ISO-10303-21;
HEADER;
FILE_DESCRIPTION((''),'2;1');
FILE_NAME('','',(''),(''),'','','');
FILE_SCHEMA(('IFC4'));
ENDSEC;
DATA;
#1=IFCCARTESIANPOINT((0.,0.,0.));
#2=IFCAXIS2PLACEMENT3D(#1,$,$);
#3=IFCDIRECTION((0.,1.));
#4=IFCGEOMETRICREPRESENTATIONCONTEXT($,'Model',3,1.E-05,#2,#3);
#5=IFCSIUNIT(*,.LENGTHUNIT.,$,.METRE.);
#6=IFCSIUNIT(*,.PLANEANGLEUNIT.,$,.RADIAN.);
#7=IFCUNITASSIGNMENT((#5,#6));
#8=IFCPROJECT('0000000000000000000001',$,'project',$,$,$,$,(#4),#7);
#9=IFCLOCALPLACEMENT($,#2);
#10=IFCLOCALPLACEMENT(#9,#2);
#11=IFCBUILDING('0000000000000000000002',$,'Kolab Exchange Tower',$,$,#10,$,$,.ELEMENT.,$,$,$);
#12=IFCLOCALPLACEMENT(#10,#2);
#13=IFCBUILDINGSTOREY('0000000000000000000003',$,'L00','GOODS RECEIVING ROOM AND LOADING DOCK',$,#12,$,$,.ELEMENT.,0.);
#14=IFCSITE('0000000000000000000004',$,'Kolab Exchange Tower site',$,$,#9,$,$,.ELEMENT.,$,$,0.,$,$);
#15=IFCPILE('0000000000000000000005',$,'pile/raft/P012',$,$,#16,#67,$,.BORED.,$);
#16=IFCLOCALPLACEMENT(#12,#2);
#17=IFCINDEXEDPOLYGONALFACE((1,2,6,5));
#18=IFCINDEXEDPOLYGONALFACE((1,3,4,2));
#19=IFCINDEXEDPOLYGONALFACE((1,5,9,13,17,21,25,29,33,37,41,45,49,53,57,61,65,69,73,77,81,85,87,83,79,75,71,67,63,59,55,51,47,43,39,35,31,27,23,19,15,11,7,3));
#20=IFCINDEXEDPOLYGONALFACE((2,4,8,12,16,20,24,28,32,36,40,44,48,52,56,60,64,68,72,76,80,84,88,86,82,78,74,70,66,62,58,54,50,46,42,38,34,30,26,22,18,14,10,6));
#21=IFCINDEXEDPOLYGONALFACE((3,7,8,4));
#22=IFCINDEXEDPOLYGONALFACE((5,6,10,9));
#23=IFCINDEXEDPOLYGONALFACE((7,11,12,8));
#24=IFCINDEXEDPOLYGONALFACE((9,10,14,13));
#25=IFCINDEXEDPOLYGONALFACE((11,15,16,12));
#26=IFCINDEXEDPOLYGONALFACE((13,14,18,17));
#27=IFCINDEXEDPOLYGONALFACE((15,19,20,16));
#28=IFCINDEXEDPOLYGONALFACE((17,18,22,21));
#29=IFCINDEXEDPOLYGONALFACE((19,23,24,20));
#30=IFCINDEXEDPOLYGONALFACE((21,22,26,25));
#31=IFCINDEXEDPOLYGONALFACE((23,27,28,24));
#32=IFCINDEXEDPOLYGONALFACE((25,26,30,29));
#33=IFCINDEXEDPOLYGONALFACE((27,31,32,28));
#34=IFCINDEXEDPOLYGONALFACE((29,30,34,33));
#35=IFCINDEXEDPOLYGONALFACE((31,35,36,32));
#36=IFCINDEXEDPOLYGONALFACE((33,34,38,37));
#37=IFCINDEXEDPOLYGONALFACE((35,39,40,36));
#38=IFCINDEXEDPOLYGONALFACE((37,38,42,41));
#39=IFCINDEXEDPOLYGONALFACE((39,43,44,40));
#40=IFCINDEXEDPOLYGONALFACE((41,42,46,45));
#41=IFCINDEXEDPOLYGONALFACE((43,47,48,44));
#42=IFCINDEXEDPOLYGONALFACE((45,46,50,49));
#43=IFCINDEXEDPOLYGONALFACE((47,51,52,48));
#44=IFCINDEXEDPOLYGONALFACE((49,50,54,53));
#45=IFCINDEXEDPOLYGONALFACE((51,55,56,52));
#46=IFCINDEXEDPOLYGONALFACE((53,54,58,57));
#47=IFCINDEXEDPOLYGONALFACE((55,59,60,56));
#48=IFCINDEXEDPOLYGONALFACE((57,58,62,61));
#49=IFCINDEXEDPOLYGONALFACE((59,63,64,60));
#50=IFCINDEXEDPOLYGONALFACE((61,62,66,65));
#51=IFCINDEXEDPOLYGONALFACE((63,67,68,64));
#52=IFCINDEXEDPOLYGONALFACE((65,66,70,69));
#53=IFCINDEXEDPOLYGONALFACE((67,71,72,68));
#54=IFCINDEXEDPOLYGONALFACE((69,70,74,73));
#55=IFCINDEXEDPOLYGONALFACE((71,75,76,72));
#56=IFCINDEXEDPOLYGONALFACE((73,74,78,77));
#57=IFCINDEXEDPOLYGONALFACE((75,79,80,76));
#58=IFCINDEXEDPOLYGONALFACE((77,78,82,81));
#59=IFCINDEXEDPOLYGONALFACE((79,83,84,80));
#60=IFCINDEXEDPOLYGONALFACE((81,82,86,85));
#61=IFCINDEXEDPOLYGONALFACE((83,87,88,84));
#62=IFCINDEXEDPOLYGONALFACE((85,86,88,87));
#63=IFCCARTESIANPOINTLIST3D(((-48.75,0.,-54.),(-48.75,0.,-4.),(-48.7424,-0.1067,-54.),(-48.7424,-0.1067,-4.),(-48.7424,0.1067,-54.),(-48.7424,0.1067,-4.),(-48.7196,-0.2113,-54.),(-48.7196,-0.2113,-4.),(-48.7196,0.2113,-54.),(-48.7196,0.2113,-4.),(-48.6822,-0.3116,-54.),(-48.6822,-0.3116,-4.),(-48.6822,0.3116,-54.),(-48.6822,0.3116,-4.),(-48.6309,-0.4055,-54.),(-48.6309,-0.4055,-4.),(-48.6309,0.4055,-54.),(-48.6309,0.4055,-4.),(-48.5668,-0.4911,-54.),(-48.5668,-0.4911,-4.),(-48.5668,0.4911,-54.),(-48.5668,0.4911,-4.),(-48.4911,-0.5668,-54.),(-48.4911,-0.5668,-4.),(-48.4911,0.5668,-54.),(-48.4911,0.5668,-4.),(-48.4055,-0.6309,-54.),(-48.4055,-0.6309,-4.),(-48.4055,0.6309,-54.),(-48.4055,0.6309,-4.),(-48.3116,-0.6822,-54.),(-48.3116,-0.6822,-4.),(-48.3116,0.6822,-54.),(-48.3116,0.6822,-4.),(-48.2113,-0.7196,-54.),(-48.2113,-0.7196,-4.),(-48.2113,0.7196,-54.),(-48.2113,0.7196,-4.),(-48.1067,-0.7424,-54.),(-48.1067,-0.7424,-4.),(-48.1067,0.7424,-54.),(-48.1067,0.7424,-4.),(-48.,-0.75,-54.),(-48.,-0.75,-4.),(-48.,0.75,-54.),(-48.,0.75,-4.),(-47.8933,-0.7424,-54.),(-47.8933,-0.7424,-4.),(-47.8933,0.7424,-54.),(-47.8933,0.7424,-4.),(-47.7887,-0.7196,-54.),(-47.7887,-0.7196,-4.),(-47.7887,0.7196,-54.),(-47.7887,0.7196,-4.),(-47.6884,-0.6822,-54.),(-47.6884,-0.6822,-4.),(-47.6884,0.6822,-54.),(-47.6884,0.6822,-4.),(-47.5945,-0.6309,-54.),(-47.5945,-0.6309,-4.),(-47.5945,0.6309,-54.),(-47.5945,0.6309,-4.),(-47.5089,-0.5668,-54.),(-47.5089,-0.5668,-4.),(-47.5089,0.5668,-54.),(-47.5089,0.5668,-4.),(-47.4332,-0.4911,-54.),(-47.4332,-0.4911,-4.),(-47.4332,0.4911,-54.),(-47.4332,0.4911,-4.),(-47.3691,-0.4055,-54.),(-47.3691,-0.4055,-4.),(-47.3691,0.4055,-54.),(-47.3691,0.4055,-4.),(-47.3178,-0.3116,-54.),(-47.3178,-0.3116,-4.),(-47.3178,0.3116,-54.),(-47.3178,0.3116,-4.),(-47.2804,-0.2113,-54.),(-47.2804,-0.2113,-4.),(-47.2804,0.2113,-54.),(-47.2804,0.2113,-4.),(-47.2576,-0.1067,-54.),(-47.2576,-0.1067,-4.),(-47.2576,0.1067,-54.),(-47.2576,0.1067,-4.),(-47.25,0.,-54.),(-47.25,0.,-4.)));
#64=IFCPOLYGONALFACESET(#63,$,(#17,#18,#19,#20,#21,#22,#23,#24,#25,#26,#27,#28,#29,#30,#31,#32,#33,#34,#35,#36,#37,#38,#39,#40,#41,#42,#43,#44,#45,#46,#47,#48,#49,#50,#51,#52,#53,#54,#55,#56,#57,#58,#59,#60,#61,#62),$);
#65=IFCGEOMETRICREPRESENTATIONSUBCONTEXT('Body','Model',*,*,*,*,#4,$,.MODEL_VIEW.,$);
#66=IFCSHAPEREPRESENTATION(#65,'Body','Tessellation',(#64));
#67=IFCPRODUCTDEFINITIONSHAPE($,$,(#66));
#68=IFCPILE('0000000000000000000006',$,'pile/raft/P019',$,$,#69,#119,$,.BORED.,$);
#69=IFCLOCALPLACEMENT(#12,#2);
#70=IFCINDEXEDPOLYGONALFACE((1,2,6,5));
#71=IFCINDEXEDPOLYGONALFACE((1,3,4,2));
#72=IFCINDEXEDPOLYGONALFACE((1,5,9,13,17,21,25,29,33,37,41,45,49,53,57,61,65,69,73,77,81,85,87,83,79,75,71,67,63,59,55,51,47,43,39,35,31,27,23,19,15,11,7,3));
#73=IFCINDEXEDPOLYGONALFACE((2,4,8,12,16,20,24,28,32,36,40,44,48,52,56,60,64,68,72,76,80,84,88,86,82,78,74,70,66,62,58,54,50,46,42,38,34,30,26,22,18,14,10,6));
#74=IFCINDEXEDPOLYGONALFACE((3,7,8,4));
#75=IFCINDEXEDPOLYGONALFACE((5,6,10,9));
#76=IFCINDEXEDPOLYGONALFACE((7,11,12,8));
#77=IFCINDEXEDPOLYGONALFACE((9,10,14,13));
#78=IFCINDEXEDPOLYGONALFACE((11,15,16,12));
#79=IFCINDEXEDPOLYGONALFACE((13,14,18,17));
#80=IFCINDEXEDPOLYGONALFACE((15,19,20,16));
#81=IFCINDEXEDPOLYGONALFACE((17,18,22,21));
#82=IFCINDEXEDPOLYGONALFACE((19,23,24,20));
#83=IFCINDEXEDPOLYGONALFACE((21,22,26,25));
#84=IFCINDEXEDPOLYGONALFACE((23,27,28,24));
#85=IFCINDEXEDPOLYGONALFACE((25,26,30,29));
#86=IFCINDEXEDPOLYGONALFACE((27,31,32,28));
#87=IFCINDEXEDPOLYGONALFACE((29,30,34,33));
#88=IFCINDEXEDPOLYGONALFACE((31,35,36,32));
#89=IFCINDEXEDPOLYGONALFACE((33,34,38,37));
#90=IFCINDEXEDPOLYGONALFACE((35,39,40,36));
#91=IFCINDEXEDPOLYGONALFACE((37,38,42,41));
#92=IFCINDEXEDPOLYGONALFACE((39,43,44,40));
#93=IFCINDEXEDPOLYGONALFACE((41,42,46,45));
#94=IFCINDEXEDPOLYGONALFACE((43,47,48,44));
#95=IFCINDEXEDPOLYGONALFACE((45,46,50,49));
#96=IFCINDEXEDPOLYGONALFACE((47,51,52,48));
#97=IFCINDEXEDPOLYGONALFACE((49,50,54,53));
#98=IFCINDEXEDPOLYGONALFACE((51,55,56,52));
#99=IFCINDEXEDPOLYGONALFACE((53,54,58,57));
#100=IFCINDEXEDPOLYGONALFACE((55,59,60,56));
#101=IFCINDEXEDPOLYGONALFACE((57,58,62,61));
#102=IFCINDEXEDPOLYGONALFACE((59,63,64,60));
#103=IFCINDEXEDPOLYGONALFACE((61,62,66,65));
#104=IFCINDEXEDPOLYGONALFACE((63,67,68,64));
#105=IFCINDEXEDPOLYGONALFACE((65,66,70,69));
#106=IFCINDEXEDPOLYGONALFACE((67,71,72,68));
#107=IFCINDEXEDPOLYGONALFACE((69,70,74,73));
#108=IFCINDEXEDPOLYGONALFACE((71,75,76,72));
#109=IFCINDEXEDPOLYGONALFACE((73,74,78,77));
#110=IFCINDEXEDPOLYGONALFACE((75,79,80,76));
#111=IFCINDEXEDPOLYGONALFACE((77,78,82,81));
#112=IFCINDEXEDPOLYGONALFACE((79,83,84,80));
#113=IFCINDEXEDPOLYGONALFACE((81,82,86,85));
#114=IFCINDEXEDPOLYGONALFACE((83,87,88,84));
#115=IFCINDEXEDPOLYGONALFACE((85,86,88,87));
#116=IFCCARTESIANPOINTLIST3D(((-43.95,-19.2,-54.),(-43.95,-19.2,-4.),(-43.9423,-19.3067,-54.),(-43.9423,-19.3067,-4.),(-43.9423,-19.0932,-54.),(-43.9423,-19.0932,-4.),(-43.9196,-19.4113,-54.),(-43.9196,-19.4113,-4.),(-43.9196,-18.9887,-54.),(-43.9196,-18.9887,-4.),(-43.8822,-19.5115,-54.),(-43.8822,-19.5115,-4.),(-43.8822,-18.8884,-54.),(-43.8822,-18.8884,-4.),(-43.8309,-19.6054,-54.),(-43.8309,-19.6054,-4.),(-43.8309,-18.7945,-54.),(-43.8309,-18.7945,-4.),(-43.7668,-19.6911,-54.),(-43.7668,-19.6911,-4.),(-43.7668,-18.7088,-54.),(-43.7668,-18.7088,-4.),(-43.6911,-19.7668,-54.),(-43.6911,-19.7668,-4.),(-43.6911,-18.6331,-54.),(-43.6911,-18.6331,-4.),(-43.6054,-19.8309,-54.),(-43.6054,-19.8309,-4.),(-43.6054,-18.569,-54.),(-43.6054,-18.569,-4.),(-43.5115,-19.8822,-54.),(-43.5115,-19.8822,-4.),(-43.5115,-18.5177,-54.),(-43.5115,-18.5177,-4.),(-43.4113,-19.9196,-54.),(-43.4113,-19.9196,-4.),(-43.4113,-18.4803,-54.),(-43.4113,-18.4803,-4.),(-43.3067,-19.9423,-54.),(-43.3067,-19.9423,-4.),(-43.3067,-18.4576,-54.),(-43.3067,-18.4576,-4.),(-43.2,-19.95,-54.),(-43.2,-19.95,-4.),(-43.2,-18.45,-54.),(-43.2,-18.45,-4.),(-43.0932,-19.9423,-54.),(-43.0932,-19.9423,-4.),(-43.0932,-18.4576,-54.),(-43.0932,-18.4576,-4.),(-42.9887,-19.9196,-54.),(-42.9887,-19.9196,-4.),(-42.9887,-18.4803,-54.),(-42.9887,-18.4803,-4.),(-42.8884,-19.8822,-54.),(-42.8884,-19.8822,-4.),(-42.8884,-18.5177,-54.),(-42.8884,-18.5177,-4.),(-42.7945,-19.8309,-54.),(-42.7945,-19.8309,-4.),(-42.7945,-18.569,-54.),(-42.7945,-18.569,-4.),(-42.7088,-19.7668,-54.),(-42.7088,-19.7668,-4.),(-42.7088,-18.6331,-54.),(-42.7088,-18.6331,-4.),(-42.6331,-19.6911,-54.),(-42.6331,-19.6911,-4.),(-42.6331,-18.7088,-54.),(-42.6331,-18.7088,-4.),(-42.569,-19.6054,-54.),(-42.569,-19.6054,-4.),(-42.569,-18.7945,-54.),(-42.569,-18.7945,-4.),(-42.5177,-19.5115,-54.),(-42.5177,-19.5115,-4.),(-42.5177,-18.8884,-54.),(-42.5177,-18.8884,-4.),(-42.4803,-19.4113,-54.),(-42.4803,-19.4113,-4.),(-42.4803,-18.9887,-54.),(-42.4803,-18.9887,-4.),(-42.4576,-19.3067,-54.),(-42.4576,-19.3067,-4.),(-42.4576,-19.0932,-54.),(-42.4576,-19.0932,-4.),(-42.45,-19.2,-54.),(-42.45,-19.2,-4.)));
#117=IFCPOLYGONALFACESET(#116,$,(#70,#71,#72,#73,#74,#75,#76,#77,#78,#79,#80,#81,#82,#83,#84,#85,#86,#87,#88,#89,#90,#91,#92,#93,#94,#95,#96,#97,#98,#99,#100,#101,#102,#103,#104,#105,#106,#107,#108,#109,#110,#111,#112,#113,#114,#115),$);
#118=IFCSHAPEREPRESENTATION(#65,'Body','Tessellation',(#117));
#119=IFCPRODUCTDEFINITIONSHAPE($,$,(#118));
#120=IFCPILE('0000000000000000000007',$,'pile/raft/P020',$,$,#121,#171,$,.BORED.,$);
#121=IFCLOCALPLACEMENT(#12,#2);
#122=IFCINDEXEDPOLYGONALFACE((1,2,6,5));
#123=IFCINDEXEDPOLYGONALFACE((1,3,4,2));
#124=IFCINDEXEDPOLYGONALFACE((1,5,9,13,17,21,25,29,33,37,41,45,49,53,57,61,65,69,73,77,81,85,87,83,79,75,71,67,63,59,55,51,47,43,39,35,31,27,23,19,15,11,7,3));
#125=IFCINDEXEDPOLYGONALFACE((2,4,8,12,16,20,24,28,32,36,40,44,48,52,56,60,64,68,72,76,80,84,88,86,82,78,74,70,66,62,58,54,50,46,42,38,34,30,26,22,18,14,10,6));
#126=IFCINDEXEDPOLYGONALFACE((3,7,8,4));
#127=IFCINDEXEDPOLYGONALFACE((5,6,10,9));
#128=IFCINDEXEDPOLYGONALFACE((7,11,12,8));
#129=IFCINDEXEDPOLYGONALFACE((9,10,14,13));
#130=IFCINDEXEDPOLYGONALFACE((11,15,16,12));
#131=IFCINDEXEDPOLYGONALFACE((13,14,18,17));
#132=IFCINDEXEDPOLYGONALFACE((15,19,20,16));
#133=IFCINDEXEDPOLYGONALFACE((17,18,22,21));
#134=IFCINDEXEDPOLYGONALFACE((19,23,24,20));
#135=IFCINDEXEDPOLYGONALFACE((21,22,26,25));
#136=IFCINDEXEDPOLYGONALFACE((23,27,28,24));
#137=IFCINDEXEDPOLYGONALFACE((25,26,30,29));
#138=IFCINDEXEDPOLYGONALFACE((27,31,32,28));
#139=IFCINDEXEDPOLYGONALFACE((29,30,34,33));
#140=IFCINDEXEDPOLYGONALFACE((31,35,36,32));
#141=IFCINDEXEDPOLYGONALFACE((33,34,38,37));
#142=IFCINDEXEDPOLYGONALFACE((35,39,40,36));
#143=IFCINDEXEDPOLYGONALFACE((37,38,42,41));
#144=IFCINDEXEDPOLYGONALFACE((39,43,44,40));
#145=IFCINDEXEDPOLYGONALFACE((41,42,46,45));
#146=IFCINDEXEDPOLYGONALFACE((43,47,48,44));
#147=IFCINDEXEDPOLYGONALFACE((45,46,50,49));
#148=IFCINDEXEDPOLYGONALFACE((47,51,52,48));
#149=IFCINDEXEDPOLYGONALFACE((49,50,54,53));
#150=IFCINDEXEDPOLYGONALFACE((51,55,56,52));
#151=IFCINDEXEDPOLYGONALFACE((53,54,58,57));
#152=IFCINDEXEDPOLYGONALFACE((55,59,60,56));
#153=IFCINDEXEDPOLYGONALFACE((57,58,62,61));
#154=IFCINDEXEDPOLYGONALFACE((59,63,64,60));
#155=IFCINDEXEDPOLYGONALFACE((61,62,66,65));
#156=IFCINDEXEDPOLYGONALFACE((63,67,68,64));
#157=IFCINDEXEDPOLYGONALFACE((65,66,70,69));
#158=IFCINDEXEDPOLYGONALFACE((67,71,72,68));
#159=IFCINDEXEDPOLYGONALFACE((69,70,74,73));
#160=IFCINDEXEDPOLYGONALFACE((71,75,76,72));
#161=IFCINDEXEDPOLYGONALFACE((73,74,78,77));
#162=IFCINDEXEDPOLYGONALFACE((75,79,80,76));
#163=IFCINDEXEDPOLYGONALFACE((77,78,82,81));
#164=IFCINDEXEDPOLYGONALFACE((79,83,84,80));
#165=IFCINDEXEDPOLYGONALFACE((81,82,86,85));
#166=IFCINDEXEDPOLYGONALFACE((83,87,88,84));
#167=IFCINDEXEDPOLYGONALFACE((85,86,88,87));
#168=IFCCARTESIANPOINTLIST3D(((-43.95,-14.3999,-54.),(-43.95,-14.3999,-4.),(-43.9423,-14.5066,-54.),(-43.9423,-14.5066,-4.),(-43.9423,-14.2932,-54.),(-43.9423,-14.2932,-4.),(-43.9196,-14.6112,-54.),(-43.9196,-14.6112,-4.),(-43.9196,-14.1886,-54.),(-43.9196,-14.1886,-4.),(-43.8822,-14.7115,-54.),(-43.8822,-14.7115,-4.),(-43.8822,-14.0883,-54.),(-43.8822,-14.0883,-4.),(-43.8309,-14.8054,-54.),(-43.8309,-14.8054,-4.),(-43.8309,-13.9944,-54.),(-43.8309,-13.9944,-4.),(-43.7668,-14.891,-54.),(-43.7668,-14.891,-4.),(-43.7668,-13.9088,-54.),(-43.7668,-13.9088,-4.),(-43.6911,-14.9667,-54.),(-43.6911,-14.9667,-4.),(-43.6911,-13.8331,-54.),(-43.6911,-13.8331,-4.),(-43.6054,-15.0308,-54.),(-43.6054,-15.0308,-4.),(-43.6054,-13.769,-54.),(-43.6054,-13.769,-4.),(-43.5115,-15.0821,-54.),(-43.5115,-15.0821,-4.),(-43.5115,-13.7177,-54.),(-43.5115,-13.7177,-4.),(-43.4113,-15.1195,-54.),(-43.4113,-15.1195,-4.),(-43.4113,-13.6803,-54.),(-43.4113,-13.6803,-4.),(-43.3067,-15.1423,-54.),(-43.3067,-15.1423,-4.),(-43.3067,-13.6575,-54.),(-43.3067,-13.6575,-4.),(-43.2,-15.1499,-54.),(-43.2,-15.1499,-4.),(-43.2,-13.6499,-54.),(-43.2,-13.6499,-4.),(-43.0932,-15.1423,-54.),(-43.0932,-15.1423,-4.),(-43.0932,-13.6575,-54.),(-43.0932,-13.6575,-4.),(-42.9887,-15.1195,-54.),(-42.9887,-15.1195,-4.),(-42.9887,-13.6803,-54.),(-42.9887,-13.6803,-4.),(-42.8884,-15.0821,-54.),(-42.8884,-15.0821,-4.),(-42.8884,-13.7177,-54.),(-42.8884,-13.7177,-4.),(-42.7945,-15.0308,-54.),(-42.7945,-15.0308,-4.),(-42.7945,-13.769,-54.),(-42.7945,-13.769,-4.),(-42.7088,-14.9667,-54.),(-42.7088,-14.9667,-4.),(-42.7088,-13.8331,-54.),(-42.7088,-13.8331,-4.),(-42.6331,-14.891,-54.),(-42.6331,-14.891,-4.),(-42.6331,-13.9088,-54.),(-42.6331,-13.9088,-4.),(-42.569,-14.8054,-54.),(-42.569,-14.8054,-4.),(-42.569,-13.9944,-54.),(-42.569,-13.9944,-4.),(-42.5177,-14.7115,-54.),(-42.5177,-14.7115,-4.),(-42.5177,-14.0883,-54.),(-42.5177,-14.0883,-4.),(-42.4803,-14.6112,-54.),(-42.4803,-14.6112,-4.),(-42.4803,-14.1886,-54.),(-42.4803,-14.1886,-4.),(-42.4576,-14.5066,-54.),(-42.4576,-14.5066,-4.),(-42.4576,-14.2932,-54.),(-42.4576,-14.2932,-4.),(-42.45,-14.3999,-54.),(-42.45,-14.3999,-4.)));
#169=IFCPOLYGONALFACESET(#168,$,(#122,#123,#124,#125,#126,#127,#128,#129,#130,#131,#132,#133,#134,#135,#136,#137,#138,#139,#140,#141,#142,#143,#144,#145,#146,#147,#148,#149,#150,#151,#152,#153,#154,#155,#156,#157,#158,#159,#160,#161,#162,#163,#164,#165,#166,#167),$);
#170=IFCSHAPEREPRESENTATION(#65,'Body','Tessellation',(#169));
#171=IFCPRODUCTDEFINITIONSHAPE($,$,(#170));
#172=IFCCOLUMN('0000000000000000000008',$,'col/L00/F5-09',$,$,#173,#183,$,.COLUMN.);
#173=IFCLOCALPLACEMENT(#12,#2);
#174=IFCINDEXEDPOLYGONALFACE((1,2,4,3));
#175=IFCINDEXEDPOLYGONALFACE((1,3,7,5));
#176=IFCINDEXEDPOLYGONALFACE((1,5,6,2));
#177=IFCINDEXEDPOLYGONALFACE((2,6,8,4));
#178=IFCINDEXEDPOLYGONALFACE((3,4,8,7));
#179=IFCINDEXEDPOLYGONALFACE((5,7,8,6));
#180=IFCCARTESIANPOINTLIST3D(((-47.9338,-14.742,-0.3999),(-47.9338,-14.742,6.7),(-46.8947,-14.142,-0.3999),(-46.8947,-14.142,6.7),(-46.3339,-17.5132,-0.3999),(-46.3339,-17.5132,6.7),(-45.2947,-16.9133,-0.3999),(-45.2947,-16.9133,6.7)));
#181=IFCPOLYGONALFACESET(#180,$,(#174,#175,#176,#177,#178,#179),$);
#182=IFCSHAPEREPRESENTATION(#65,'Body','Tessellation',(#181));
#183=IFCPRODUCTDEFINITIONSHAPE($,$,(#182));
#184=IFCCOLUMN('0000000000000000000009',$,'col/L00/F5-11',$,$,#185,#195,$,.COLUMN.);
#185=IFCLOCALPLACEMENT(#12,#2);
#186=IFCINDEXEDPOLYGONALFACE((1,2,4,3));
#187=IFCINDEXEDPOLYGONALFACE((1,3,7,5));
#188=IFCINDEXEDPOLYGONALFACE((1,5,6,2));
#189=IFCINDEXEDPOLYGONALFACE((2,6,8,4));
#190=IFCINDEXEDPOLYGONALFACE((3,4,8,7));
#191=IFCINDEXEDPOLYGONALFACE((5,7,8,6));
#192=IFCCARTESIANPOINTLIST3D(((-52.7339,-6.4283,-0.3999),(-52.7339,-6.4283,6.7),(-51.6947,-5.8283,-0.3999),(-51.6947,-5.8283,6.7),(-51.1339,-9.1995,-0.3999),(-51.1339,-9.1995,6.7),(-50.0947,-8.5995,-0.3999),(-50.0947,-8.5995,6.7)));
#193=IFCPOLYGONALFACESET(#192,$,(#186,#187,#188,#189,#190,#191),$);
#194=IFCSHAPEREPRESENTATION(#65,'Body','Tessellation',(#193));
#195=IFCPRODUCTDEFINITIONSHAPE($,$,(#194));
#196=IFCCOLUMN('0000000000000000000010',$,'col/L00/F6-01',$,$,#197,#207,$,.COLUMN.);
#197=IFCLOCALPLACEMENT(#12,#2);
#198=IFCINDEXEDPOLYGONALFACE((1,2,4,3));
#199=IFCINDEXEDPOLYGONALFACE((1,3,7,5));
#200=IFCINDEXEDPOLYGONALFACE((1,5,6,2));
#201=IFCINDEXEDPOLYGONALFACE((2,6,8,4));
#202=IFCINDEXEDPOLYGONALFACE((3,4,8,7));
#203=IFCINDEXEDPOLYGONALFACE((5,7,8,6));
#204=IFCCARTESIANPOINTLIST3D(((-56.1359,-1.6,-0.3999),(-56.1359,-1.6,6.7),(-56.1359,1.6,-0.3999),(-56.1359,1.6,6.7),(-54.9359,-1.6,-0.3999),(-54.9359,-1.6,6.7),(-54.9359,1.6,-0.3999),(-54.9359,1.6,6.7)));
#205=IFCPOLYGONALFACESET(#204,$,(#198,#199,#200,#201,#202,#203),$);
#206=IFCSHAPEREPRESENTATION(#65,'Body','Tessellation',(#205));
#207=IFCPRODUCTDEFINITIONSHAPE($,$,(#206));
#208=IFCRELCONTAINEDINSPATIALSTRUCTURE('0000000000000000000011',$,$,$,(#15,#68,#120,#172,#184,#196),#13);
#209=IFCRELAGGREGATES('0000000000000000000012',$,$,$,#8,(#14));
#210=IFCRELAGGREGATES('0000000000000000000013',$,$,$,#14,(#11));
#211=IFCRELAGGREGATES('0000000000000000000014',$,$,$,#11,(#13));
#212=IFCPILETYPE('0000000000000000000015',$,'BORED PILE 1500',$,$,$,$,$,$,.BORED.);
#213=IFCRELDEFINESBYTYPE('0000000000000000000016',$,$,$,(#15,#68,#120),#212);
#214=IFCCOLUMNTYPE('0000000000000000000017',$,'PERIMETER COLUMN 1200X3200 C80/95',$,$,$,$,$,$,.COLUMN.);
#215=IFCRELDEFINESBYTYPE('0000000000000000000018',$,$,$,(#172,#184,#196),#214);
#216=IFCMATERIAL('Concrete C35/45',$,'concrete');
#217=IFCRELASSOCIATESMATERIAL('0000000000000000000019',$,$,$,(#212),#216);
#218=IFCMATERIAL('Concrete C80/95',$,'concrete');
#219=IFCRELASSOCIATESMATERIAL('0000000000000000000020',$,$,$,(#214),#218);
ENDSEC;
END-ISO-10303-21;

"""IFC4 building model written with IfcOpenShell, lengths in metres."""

from ifc_helpers import new_model, si_unit, direction, frame, origin, origin_2d, place, context, subcontext, project, spatial, rectangle, circle, extrude, material, material_profile, profile_set, type_object, element, save


model = new_model("IFC4")

# Units and contexts
model_context = context("Model", 3, precision=1e-05, world=origin(), true_north=direction((0.0, 1.0)))
body_context = subcontext(model_context, "Body", "Model", "MODEL_VIEW")
ifc_project = project(units=[si_unit("LENGTHUNIT", "METRE"), si_unit("PLANEANGLEUNIT", "RADIAN")], contexts=[model_context])

# Site, building, storey
site_placement = place(None, origin())
site = spatial("IfcSite", under=ifc_project, at=site_placement, Name="Kolab Exchange Tower site", CompositionType="ELEMENT", RefElevation=0.0)
building_placement = place(site_placement, origin())
building = spatial("IfcBuilding", under=site, at=building_placement, Name="Kolab Exchange Tower", CompositionType="ELEMENT")
storey_placement = place(building_placement, origin())
storey = spatial("IfcBuildingStorey", under=building, at=storey_placement, Name="L00", Description="GOODS RECEIVING ROOM AND LOADING DOCK", CompositionType="ELEMENT", Elevation=0.0)

# Piles
ifc_material_1 = material(Name="Concrete C35/45", Category="concrete")
ifc_material_profile_1 = material_profile(ifc_material_1, circle(Radius=0.75, at=origin_2d()), Name="BP1500")
ifc_profile_set_1 = profile_set([ifc_material_profile_1], Name="Concrete C35/45")
pile_type = type_object("IfcPileType", Name="BORED PILE 1500", PredefinedType="BORED", material=ifc_profile_set_1)
for number, where, z_axis, x_axis, name in (
    (1, (-48.0, 0.0, -4.0), (0.0, 0.0, -1.0), (1.0, 0.0, 0.0), "pile/raft/P012"),
    (2, (-43.2, -19.2, -4.0), (0.0, 0.0, -1.0), (1.0, 0.0, 0.0), "pile/raft/P019"),
    (3, (-43.2, -14.3999, -4.0), (0.0, 0.0, -1.0), (1.0, 0.0, 0.0), "pile/raft/P020"),
):
    element("IfcPile", number, at=place(storey_placement, frame(where, z_axis=z_axis, x_axis=x_axis)), inside=storey, type_object=pile_type, Name=name, PredefinedType="BORED", context=body_context, shape_type="SweptSolid", body=[
        extrude(circle(Radius=0.75, at=origin_2d()), origin(), (0.0, 0.0, 1.0), 50.0),
    ])

# Columns
ifc_material_2 = material(Name="Concrete C80/95", Category="concrete")
ifc_material_profile_2 = material_profile(ifc_material_2, rectangle(XDim=1.2, YDim=3.2, at=origin_2d()), Name="RC1200X3200")
ifc_profile_set_2 = profile_set([ifc_material_profile_2], Name="Concrete C80/95")
column_type = type_object("IfcColumnType", Name="PERIMETER COLUMN 1200X3200 C80/95", PredefinedType="COLUMN", material=ifc_profile_set_2)
for number, where, z_axis, x_axis, name in (
    (4, (-46.6143, -15.8276, -0.3999), (0.0, 0.0, 1.0), (0.866025, 0.5, 0.0), "col/L00/F5-09"),
    (5, (-51.4143, -7.5139, -0.3999), (0.0, 0.0, 1.0), (0.866025, 0.5, 0.0), "col/L00/F5-11"),
    (6, (-55.5359, 0.0, -0.3999), (0.0, 0.0, 1.0), (1.0, 0.0, 0.0), "col/L00/F6-01"),
):
    element("IfcColumn", number, at=place(storey_placement, frame(where, z_axis=z_axis, x_axis=x_axis)), inside=storey, type_object=column_type, Name=name, PredefinedType="COLUMN", context=body_context, shape_type="SweptSolid", body=[
        extrude(rectangle(XDim=1.2, YDim=3.2, at=origin_2d()), origin(), (0.0, 0.0, 1.0), 7.0999),
    ])

save(model, "model.ifc")
